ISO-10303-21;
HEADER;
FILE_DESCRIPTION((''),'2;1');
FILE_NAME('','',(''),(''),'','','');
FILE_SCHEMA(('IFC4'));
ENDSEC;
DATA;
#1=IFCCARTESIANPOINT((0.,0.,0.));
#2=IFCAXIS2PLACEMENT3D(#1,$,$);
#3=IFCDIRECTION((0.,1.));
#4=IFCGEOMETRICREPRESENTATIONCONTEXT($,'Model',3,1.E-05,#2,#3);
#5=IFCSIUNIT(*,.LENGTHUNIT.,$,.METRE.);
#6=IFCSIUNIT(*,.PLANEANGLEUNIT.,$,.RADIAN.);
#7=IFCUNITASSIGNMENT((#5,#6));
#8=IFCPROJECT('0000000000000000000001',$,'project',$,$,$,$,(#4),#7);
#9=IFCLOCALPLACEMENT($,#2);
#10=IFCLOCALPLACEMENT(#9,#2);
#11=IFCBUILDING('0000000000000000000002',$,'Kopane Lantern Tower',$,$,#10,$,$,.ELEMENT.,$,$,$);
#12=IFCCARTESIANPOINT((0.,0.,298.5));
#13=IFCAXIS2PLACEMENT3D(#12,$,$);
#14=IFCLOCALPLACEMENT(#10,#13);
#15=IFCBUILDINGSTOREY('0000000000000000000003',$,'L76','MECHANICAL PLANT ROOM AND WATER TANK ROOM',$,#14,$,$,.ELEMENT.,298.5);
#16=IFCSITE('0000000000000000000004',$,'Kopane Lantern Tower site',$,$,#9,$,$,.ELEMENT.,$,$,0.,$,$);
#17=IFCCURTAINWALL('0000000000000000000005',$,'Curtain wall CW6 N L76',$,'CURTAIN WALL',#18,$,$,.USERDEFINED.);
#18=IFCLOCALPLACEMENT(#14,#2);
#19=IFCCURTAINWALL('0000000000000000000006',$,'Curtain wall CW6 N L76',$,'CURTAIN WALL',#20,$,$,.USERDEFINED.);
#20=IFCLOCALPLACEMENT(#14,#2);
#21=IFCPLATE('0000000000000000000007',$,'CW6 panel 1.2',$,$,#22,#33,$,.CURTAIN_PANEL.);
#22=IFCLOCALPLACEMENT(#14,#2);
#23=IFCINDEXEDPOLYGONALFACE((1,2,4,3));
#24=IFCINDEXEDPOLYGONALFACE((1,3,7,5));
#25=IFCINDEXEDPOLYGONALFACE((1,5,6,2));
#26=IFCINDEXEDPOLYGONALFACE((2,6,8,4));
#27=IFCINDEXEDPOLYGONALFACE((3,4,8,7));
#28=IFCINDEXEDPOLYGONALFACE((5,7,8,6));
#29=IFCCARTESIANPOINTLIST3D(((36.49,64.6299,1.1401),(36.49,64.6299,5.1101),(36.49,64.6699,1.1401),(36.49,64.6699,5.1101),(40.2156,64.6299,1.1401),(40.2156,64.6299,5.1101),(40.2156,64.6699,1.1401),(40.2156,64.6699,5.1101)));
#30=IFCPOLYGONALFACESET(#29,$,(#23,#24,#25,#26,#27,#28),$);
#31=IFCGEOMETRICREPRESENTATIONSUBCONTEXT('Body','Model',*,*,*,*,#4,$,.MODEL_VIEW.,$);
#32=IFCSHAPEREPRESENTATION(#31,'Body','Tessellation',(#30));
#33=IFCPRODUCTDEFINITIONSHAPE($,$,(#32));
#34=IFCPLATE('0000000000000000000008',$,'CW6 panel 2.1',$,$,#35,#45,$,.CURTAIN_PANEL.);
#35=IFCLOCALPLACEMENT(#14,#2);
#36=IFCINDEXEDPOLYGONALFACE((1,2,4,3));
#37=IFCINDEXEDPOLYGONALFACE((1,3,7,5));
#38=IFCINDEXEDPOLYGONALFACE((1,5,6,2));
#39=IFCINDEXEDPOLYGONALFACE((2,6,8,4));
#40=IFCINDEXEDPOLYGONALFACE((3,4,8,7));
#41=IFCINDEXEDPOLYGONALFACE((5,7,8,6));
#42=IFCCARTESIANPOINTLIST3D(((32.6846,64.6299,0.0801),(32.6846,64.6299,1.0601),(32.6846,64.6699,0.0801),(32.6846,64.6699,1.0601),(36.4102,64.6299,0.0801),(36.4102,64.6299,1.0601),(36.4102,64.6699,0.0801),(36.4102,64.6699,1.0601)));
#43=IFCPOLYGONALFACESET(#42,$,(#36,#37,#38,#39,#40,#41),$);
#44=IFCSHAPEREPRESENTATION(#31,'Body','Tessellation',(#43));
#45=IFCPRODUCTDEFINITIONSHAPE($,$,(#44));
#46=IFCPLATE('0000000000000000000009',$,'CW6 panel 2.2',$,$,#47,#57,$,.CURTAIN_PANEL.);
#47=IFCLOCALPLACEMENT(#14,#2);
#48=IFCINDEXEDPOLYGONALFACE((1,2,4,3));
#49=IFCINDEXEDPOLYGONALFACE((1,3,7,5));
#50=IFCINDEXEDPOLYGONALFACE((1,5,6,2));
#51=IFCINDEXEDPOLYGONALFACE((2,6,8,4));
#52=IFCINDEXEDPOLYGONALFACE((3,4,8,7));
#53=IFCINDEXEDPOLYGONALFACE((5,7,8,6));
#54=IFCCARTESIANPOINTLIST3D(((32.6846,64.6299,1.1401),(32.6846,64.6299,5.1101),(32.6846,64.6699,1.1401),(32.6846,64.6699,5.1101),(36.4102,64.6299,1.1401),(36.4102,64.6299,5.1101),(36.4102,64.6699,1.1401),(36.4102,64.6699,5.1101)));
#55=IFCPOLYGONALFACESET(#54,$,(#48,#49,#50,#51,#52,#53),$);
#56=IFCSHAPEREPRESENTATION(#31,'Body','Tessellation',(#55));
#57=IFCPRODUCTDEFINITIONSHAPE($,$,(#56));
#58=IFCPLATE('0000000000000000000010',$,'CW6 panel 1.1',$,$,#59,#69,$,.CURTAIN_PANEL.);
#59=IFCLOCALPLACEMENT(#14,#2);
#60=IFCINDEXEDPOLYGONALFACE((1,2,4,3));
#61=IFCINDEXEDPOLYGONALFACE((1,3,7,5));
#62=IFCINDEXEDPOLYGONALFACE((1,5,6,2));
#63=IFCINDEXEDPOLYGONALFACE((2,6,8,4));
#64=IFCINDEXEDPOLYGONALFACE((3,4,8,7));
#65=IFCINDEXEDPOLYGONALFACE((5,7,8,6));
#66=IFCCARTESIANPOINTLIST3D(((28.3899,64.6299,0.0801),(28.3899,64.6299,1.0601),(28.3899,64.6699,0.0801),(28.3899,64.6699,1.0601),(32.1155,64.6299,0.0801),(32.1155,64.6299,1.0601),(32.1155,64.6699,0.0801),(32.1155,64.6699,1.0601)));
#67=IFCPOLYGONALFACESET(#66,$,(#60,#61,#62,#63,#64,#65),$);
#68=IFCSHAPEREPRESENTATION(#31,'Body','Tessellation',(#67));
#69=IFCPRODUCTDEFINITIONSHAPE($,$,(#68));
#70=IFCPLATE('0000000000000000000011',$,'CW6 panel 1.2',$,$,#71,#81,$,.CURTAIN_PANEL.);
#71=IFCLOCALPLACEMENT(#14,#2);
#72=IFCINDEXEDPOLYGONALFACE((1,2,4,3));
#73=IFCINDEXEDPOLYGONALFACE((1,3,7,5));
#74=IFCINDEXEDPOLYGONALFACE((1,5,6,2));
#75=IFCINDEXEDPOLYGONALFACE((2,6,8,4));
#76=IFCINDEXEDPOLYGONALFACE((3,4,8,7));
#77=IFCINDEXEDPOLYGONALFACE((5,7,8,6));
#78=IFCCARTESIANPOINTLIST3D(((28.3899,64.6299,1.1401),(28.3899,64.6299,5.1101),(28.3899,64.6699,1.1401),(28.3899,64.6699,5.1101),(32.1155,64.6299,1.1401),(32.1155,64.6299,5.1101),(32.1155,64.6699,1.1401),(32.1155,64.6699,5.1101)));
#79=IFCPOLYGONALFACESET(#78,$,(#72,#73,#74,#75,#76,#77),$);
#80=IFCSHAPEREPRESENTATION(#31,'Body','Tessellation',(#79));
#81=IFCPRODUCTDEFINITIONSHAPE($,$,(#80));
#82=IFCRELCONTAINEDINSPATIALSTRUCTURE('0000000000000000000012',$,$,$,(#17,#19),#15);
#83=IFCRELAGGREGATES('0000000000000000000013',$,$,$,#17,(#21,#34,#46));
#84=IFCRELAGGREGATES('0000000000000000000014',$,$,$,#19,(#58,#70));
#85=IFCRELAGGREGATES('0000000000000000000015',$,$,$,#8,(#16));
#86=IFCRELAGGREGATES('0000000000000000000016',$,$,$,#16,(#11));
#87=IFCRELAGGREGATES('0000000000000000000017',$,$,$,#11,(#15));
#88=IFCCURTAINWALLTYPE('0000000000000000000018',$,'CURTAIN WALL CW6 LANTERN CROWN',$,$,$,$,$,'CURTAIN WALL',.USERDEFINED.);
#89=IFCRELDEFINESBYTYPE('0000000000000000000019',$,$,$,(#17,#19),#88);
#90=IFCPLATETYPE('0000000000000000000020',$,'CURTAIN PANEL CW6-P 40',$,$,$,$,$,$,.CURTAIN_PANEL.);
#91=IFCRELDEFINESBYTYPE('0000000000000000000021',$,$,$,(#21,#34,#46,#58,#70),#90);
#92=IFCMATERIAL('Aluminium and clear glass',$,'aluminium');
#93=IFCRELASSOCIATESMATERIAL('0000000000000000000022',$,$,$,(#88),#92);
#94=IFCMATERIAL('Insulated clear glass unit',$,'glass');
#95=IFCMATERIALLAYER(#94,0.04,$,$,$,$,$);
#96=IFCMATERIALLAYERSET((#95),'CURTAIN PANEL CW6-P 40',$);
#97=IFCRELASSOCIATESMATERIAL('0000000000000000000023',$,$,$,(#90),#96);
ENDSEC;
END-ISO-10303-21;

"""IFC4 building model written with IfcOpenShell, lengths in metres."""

from ifc_helpers import new_model, si_unit, direction, frame, origin, origin_2d, place, context, subcontext, project, spatial, rectangle, extrude, material, layer, layer_set, type_object, element, aggregate, save


model = new_model("IFC4")

# Units and contexts
model_context = context("Model", 3, precision=1e-05, world=origin(), true_north=direction((0.0, 1.0)))
body_context = subcontext(model_context, "Body", "Model", "MODEL_VIEW")
ifc_project = project(units=[si_unit("LENGTHUNIT", "METRE"), si_unit("PLANEANGLEUNIT", "RADIAN")], contexts=[model_context])

# Site, building, storey
site_placement = place(None, origin())
site = spatial("IfcSite", under=ifc_project, at=site_placement, Name="Kopane Lantern Tower site", CompositionType="ELEMENT", RefElevation=0.0)
building_placement = place(site_placement, origin())
building = spatial("IfcBuilding", under=site, at=building_placement, Name="Kopane Lantern Tower", CompositionType="ELEMENT")
storey_placement = place(building_placement, frame((0.0, 0.0, 298.5)))
storey = spatial("IfcBuildingStorey", under=building, at=storey_placement, Name="L76", Description="MECHANICAL PLANT ROOM AND WATER TANK ROOM", CompositionType="ELEMENT", Elevation=298.5)

# Curtain walls
ifc_material_1 = material(Name="Aluminium and clear glass", Category="aluminium")
curtain_wall_type = type_object("IfcCurtainWallType", Name="CURTAIN WALL CW6 LANTERN CROWN", ElementType="CURTAIN WALL", PredefinedType="USERDEFINED", material=ifc_material_1)
curtain_wall_1_placement = place(storey_placement, origin())
curtain_wall_1 = element("IfcCurtainWall", 1, at=curtain_wall_1_placement, inside=storey, type_object=curtain_wall_type, Name="Curtain wall CW6 N L76", ObjectType="CURTAIN WALL", PredefinedType="USERDEFINED")
curtain_wall_2_placement = place(storey_placement, origin())
curtain_wall_2 = element("IfcCurtainWall", 2, at=curtain_wall_2_placement, inside=storey, type_object=curtain_wall_type, Name="Curtain wall CW6 N L76", ObjectType="CURTAIN WALL", PredefinedType="USERDEFINED")

# Plates
ifc_material_2 = material(Name="Insulated clear glass unit", Category="glass")
ifc_layer = layer(ifc_material_2, 0.04)
ifc_layer_set = layer_set([ifc_layer], Name="CURTAIN PANEL CW6-P 40")
plate_type = type_object("IfcPlateType", Name="CURTAIN PANEL CW6-P 40", PredefinedType="CURTAIN_PANEL", material=ifc_layer_set)
plate_1_placement = place(storey_placement, frame((38.3528, 64.6499, 1.1401), z_axis=(0.0, 0.0, 1.0), x_axis=(-1.0, 0.0, 0.0)))
plate_1 = element("IfcPlate", 3, at=plate_1_placement, type_object=plate_type, Name="CW6 panel 1.2", PredefinedType="CURTAIN_PANEL", context=body_context, shape_type="SweptSolid", body=[
    extrude(rectangle(XDim=3.7256, YDim=0.04, at=origin_2d()), origin(), (0.0, 0.0, 1.0), 3.97),
])
plate_2_placement = place(storey_placement, frame((34.5474, 64.6499, 0.0801), z_axis=(0.0, 0.0, 1.0), x_axis=(-1.0, 0.0, 0.0)))
plate_2 = element("IfcPlate", 4, at=plate_2_placement, type_object=plate_type, Name="CW6 panel 2.1", PredefinedType="CURTAIN_PANEL", context=body_context, shape_type="SweptSolid", body=[
    extrude(rectangle(XDim=3.7256, YDim=0.04, at=origin_2d()), origin(), (0.0, 0.0, 1.0), 0.98),
])
plate_3_placement = place(storey_placement, frame((34.5474, 64.6499, 1.1401), z_axis=(0.0, 0.0, 1.0), x_axis=(-1.0, 0.0, 0.0)))
plate_3 = element("IfcPlate", 5, at=plate_3_placement, type_object=plate_type, Name="CW6 panel 2.2", PredefinedType="CURTAIN_PANEL", context=body_context, shape_type="SweptSolid", body=[
    extrude(rectangle(XDim=3.7256, YDim=0.04, at=origin_2d()), origin(), (0.0, 0.0, 1.0), 3.97),
])
aggregate(curtain_wall_1, [plate_1, plate_2, plate_3])
plate_4_placement = place(storey_placement, frame((30.2527, 64.6499, 0.0801), z_axis=(0.0, 0.0, 1.0), x_axis=(-1.0, 0.0, 0.0)))
plate_4 = element("IfcPlate", 6, at=plate_4_placement, type_object=plate_type, Name="CW6 panel 1.1", PredefinedType="CURTAIN_PANEL", context=body_context, shape_type="SweptSolid", body=[
    extrude(rectangle(XDim=3.7256, YDim=0.04, at=origin_2d()), origin(), (0.0, 0.0, 1.0), 0.98),
])
plate_5_placement = place(storey_placement, frame((30.2527, 64.6499, 1.1401), z_axis=(0.0, 0.0, 1.0), x_axis=(-1.0, 0.0, 0.0)))
plate_5 = element("IfcPlate", 7, at=plate_5_placement, type_object=plate_type, Name="CW6 panel 1.2", PredefinedType="CURTAIN_PANEL", context=body_context, shape_type="SweptSolid", body=[
    extrude(rectangle(XDim=3.7256, YDim=0.04, at=origin_2d()), origin(), (0.0, 0.0, 1.0), 3.97),
])
aggregate(curtain_wall_2, [plate_4, plate_5])

save(model, "model.ifc")
